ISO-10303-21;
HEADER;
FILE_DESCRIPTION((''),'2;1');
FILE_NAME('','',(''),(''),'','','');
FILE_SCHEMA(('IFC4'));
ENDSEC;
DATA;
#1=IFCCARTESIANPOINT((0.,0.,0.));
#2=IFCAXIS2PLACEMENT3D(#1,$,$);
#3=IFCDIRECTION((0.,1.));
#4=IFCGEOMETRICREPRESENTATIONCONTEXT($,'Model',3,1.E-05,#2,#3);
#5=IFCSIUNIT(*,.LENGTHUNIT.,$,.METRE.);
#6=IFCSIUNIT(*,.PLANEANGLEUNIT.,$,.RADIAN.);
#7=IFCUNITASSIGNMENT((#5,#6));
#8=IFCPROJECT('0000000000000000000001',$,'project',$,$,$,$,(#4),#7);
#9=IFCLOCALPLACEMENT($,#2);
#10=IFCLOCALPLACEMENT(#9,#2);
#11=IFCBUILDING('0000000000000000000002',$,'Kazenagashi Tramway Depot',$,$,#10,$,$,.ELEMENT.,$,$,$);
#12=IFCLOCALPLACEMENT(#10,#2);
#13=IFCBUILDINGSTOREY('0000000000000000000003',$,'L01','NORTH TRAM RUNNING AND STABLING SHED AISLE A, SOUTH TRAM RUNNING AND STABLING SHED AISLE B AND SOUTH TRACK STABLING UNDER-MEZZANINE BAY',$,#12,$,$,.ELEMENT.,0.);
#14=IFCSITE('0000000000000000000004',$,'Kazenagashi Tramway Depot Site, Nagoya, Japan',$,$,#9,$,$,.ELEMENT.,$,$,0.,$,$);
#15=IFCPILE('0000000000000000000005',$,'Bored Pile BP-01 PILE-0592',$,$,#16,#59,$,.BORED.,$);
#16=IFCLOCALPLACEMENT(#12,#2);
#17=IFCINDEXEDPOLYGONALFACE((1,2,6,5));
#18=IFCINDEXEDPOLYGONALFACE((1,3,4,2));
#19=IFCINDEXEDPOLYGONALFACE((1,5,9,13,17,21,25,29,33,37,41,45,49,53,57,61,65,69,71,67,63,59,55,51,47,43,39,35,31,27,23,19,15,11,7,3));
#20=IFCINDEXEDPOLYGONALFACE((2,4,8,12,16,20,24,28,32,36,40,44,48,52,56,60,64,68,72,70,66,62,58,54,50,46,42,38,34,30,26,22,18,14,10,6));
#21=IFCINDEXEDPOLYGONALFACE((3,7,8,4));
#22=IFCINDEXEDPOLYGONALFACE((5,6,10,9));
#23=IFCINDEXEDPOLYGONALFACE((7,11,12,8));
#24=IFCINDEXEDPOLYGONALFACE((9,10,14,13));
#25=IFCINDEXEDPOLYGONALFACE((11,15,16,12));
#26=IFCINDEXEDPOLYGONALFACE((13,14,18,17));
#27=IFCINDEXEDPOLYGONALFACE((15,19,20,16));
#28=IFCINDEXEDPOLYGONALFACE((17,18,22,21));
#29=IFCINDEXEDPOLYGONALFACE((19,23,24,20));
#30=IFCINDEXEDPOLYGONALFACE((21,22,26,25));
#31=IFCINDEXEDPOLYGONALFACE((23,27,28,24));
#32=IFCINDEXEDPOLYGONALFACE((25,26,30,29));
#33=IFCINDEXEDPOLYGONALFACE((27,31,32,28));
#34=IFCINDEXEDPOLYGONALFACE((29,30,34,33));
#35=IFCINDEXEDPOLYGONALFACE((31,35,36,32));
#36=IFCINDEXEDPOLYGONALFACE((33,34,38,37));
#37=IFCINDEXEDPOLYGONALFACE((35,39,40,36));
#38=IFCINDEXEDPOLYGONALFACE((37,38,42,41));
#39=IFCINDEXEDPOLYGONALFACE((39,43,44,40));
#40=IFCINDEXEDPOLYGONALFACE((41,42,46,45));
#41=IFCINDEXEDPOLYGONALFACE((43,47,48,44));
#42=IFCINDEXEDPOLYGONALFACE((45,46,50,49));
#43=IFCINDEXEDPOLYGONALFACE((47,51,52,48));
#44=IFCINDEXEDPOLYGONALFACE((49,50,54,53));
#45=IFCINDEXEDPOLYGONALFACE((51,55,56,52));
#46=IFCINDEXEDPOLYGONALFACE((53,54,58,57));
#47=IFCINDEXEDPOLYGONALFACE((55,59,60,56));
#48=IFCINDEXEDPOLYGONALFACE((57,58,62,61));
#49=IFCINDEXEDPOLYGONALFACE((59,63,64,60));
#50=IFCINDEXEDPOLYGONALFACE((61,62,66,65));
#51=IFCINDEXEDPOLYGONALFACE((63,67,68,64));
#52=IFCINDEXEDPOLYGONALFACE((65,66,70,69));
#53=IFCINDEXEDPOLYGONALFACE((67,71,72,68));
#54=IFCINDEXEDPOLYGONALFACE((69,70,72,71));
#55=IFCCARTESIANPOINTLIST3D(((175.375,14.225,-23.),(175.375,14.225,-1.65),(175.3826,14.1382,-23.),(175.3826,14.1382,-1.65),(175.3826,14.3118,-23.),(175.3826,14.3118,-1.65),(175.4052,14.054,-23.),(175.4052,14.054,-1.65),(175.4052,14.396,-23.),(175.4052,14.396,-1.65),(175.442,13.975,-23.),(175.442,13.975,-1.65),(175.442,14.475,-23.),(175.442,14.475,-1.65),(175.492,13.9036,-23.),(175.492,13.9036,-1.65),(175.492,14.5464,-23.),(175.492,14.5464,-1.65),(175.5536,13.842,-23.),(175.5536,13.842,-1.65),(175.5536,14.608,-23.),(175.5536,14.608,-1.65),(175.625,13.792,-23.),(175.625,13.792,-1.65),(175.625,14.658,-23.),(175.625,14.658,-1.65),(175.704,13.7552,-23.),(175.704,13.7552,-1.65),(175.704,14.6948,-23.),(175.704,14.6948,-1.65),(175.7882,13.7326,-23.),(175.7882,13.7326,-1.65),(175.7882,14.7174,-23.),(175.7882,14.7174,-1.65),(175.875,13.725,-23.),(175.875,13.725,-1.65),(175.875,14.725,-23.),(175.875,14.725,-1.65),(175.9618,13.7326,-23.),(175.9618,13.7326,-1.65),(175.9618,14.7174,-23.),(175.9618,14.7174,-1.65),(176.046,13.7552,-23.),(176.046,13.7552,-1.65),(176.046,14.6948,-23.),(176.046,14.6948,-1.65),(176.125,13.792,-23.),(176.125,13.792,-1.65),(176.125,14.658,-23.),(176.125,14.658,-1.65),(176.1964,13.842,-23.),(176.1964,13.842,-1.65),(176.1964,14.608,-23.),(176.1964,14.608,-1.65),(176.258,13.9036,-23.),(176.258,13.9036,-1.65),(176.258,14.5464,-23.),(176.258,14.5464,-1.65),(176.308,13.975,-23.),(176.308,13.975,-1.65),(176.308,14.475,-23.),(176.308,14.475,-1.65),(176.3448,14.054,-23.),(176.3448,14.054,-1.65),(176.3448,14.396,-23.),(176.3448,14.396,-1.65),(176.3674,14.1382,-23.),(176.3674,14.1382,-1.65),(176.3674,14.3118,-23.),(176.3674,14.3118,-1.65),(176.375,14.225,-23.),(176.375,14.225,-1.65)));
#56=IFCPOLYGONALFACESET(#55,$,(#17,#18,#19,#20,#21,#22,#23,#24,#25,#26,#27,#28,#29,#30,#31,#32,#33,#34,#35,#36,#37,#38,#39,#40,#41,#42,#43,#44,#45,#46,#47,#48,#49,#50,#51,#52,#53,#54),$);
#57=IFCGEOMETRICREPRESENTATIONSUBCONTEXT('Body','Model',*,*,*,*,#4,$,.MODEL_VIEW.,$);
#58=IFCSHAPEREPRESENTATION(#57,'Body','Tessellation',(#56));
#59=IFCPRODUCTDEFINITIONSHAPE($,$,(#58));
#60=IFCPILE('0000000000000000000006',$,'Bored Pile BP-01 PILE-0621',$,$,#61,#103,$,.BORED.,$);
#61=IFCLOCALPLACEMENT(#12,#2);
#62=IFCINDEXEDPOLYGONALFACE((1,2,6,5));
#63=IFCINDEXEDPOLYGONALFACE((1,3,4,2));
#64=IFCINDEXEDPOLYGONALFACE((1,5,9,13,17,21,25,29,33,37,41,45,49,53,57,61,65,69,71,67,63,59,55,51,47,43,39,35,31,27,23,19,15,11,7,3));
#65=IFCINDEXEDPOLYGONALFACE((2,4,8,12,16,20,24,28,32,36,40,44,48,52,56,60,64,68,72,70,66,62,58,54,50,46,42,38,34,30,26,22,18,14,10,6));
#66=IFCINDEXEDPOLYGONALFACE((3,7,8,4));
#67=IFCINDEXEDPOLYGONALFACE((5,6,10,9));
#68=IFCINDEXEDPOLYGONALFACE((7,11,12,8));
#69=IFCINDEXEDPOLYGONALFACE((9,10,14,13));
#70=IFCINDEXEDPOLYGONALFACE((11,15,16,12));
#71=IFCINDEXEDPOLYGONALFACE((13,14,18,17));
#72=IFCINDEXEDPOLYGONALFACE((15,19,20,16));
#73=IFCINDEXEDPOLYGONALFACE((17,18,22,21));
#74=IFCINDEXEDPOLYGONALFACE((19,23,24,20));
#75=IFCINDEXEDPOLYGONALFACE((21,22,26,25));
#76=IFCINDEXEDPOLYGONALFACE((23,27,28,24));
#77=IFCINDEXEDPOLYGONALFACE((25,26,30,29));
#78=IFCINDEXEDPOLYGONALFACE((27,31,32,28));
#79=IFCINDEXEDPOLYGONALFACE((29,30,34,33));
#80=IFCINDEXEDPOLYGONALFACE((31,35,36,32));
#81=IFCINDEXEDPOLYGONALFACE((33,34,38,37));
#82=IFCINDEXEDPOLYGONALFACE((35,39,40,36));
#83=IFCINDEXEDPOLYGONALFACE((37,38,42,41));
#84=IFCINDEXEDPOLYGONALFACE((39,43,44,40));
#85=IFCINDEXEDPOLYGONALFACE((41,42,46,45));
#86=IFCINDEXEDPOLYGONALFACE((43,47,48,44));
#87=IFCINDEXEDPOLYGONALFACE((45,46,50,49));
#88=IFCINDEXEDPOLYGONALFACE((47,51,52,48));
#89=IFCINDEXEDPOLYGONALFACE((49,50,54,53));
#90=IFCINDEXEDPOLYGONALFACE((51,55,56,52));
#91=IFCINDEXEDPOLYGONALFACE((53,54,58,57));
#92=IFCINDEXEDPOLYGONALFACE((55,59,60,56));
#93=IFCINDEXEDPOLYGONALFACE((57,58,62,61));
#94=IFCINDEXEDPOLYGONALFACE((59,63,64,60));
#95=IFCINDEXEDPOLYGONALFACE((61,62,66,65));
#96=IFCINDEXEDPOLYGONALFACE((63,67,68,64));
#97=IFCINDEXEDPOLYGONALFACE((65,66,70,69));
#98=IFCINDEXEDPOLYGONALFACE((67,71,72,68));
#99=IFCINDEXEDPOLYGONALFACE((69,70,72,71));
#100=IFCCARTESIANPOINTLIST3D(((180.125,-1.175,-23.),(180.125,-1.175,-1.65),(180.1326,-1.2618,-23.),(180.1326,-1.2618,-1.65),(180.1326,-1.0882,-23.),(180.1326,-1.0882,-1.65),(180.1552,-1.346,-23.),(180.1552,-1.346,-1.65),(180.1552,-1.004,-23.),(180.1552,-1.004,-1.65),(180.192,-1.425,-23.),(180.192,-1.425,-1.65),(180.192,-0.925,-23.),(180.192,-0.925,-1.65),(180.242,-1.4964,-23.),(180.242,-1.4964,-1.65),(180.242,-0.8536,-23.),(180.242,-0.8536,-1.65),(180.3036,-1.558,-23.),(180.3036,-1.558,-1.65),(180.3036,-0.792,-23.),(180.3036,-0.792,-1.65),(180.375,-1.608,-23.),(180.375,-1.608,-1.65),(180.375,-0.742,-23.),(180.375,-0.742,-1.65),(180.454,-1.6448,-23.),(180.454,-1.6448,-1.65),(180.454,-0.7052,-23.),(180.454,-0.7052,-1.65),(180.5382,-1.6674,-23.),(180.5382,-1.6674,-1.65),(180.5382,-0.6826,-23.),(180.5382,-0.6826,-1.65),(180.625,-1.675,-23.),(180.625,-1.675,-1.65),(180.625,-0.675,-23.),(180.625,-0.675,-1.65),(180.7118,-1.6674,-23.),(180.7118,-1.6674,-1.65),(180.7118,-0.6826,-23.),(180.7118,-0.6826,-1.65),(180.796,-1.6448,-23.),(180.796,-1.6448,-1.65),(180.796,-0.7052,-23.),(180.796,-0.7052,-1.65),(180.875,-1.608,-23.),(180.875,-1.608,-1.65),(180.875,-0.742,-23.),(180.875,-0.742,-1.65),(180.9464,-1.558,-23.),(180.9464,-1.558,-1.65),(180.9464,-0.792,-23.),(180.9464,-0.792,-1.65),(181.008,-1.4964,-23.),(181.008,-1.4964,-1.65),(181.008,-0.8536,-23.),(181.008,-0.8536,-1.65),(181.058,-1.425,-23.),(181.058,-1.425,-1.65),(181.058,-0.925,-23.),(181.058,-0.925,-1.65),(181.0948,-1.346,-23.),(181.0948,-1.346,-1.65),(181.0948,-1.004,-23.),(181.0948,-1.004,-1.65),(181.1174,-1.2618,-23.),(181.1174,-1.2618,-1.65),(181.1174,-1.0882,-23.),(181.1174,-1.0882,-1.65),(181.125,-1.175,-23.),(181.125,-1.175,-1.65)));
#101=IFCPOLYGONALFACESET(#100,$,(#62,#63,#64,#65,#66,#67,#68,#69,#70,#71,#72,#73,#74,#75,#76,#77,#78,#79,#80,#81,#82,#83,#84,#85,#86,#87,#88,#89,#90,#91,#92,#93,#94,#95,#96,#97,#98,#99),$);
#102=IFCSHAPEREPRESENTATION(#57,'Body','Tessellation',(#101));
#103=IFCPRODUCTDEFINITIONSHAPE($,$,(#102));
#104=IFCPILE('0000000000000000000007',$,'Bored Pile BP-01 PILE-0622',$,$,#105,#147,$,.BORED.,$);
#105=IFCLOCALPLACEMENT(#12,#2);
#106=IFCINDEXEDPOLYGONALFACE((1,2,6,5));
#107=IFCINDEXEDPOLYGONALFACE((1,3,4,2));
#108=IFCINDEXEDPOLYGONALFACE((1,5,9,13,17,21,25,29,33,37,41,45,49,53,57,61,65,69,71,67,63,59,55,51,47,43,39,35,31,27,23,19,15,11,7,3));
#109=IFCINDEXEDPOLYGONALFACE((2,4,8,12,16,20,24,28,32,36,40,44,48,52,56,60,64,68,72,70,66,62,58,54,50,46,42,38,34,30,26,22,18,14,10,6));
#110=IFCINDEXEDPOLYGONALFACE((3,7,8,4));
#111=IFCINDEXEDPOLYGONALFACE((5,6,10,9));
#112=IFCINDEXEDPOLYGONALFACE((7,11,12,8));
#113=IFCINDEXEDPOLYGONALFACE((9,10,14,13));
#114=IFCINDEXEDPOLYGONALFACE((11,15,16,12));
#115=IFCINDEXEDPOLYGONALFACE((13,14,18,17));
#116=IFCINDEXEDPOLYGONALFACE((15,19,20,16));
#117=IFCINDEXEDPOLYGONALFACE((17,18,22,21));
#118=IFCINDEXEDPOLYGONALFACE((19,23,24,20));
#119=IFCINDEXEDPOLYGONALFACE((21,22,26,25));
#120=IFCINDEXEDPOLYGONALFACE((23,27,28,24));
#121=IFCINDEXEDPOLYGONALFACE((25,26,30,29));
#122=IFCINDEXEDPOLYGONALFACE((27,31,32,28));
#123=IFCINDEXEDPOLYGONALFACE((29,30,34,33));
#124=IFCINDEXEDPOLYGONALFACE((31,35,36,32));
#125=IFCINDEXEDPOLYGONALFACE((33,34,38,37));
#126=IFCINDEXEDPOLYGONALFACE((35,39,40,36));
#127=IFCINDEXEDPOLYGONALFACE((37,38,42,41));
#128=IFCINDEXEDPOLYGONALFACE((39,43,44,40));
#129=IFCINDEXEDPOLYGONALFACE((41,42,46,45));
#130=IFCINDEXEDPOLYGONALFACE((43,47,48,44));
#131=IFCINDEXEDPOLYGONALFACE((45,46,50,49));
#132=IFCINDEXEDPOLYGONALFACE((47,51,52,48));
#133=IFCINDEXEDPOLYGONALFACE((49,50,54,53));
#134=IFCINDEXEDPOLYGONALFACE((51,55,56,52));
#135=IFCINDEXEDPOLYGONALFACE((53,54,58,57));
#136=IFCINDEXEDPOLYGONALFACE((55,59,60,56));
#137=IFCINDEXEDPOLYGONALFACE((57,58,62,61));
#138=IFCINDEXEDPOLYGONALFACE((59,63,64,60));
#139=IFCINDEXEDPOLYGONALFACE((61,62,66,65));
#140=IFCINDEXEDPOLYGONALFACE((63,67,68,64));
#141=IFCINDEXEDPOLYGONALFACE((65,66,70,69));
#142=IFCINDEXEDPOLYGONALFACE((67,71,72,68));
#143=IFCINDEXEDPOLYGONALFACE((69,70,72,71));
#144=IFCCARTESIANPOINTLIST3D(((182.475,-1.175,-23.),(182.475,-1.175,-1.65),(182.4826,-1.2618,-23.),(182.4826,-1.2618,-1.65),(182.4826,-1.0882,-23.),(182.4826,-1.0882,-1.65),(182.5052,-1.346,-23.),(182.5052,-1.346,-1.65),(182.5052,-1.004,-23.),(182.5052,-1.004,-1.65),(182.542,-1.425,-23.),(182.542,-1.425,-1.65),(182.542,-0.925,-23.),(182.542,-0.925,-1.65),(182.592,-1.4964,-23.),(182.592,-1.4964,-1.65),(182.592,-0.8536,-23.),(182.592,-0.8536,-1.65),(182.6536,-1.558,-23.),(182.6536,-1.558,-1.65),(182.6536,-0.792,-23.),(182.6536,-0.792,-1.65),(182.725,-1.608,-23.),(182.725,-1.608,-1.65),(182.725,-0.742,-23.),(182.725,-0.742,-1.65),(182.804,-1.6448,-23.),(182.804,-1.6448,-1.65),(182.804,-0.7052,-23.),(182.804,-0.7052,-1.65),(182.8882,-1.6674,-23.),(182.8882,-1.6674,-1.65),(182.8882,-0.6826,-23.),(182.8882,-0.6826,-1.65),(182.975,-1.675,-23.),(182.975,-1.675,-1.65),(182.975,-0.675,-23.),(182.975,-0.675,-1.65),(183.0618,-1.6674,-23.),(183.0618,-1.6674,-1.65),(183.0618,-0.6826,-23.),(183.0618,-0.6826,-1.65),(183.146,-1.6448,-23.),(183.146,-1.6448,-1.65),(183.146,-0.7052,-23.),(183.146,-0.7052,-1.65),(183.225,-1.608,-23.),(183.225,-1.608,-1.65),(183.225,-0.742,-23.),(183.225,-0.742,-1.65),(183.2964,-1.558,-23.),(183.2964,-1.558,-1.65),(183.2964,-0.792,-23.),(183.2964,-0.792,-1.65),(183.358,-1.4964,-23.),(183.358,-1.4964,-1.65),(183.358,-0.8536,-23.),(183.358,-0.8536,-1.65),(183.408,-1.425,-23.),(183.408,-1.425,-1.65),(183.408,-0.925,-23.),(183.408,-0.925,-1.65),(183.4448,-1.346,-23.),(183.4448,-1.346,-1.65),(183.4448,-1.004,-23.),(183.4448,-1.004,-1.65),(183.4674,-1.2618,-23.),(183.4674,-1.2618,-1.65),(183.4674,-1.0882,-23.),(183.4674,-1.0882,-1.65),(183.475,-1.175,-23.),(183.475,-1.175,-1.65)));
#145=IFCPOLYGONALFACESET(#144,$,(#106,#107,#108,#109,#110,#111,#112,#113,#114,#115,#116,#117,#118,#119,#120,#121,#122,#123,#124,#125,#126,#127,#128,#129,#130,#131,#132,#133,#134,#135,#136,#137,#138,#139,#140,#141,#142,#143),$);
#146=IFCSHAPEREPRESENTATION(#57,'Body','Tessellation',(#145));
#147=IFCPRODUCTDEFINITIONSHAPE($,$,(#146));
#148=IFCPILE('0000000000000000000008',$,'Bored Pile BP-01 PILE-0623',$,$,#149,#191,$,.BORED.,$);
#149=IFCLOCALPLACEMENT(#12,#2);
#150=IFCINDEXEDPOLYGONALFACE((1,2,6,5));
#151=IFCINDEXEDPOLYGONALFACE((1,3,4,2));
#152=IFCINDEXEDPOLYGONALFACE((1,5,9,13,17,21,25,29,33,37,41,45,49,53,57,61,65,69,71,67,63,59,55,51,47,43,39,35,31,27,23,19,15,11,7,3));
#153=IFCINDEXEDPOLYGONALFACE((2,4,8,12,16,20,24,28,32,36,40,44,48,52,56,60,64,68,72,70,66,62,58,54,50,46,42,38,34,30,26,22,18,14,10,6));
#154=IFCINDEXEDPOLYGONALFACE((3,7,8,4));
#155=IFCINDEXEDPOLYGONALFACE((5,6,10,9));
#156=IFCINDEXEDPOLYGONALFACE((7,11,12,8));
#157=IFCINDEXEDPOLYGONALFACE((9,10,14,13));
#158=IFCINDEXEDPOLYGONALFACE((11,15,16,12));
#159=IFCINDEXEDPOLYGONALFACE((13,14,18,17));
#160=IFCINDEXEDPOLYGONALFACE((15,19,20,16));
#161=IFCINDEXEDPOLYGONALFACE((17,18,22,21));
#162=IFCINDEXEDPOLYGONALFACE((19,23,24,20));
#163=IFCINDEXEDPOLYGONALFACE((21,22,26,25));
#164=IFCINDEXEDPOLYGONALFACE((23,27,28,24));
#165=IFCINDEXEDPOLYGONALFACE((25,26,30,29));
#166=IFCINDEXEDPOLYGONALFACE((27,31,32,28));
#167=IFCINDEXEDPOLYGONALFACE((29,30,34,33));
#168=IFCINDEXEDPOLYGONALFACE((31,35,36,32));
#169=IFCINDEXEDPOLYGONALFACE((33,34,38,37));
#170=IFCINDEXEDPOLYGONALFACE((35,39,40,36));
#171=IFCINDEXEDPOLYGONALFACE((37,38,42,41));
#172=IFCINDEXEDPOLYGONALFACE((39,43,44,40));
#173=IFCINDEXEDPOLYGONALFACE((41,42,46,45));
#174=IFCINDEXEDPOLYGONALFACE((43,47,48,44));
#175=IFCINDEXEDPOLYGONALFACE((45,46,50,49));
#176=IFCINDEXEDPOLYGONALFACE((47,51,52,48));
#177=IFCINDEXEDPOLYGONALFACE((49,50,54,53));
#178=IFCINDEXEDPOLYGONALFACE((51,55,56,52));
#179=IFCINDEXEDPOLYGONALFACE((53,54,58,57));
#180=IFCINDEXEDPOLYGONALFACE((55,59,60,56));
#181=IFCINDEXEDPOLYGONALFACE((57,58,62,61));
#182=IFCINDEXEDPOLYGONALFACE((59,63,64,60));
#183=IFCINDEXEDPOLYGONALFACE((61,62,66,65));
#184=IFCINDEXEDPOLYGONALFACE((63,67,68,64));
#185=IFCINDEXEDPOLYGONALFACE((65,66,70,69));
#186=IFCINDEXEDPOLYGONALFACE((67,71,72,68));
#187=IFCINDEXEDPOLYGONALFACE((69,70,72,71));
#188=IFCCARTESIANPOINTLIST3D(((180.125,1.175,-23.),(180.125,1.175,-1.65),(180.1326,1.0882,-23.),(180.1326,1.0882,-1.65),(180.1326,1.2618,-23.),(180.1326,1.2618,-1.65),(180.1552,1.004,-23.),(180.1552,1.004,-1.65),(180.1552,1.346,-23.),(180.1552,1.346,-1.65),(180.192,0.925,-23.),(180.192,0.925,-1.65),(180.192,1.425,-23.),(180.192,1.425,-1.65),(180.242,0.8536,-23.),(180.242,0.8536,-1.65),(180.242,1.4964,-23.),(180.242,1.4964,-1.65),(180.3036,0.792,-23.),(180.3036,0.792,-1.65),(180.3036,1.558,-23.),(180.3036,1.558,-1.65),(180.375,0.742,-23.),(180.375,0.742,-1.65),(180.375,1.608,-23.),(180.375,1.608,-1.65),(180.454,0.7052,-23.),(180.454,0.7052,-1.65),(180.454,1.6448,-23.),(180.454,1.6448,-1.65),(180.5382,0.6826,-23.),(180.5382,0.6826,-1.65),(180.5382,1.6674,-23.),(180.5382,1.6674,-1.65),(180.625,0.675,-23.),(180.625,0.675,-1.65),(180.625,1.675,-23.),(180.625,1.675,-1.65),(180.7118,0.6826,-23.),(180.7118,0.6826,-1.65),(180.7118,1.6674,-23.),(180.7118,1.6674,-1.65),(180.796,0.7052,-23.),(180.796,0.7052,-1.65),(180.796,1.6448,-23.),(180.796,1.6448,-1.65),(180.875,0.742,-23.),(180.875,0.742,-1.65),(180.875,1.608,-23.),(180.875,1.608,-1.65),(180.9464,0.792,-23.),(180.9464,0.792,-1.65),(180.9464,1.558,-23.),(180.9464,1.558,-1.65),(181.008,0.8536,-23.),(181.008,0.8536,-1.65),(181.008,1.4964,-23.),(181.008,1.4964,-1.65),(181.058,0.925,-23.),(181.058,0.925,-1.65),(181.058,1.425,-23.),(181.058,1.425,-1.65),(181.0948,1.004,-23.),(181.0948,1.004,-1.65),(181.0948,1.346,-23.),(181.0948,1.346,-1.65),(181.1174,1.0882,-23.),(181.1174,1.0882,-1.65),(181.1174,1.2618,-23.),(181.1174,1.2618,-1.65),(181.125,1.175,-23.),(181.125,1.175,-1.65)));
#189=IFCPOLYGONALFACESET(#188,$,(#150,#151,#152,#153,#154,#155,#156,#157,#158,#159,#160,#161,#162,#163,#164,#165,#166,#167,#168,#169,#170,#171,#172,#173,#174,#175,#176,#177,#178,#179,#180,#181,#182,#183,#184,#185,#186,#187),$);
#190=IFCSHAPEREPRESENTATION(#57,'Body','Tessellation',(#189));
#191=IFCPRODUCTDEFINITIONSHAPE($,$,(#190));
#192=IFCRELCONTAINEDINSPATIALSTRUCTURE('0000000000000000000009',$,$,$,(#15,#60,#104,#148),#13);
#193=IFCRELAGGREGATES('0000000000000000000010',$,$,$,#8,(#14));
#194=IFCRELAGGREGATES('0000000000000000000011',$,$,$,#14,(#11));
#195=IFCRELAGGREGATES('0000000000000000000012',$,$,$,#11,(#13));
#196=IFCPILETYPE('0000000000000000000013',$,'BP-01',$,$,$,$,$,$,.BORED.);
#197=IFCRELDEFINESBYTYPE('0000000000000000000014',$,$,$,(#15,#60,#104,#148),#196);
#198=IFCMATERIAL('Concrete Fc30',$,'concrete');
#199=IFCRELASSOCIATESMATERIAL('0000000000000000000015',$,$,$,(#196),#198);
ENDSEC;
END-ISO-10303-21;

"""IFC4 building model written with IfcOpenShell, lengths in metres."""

from ifc_helpers import new_model, si_unit, direction, frame, origin, origin_2d, place, context, subcontext, project, spatial, circle, extrude, material, material_profile, profile_set, type_object, element, save


model = new_model("IFC4")

# Units and contexts
model_context = context("Model", 3, precision=1e-05, world=origin(), true_north=direction((0.0, 1.0)))
body_context = subcontext(model_context, "Body", "Model", "MODEL_VIEW")
ifc_project = project(units=[si_unit("LENGTHUNIT", "METRE"), si_unit("PLANEANGLEUNIT", "RADIAN")], contexts=[model_context])

# Site, building, storey
site_placement = place(None, origin())
site = spatial("IfcSite", under=ifc_project, at=site_placement, Name="Kazenagashi Tramway Depot Site, Nagoya, Japan", CompositionType="ELEMENT", RefElevation=0.0)
building_placement = place(site_placement, origin())
building = spatial("IfcBuilding", under=site, at=building_placement, Name="Kazenagashi Tramway Depot", CompositionType="ELEMENT")
storey_placement = place(building_placement, origin())
storey = spatial("IfcBuildingStorey", under=building, at=storey_placement, Name="L01", Description="NORTH TRAM RUNNING AND STABLING SHED AISLE A, SOUTH TRAM RUNNING AND STABLING SHED AISLE B AND SOUTH TRACK STABLING UNDER-MEZZANINE BAY", CompositionType="ELEMENT", Elevation=0.0)

# Piles
ifc_material_1 = material(Name="Concrete Fc30", Category="concrete")
ifc_material_profile_1 = material_profile(ifc_material_1, circle(Radius=0.5, at=origin_2d()), Name="PILE-1000")
ifc_profile_set_1 = profile_set([ifc_material_profile_1], Name="Concrete Fc30")
pile_type = type_object("IfcPileType", Name="BP-01", PredefinedType="BORED", material=ifc_profile_set_1)
for number, where, z_axis, x_axis, name in (
    (1, (175.875, 14.225, -1.65), (0.0, 0.0, -1.0), (1.0, 0.0, 0.0), "Bored Pile BP-01 PILE-0592"),
    (2, (180.625, -1.175, -1.65), (0.0, 0.0, -1.0), (1.0, 0.0, 0.0), "Bored Pile BP-01 PILE-0621"),
    (3, (182.975, -1.175, -1.65), (0.0, 0.0, -1.0), (1.0, 0.0, 0.0), "Bored Pile BP-01 PILE-0622"),
    (4, (180.625, 1.175, -1.65), (0.0, 0.0, -1.0), (1.0, 0.0, 0.0), "Bored Pile BP-01 PILE-0623"),
):
    element("IfcPile", number, at=place(storey_placement, frame(where, z_axis=z_axis, x_axis=x_axis)), inside=storey, type_object=pile_type, Name=name, PredefinedType="BORED", context=body_context, shape_type="SweptSolid", body=[
        extrude(circle(Radius=0.5, at=origin_2d()), origin(), (0.0, 0.0, 1.0), 21.35),
    ])

save(model, "model.ifc")
